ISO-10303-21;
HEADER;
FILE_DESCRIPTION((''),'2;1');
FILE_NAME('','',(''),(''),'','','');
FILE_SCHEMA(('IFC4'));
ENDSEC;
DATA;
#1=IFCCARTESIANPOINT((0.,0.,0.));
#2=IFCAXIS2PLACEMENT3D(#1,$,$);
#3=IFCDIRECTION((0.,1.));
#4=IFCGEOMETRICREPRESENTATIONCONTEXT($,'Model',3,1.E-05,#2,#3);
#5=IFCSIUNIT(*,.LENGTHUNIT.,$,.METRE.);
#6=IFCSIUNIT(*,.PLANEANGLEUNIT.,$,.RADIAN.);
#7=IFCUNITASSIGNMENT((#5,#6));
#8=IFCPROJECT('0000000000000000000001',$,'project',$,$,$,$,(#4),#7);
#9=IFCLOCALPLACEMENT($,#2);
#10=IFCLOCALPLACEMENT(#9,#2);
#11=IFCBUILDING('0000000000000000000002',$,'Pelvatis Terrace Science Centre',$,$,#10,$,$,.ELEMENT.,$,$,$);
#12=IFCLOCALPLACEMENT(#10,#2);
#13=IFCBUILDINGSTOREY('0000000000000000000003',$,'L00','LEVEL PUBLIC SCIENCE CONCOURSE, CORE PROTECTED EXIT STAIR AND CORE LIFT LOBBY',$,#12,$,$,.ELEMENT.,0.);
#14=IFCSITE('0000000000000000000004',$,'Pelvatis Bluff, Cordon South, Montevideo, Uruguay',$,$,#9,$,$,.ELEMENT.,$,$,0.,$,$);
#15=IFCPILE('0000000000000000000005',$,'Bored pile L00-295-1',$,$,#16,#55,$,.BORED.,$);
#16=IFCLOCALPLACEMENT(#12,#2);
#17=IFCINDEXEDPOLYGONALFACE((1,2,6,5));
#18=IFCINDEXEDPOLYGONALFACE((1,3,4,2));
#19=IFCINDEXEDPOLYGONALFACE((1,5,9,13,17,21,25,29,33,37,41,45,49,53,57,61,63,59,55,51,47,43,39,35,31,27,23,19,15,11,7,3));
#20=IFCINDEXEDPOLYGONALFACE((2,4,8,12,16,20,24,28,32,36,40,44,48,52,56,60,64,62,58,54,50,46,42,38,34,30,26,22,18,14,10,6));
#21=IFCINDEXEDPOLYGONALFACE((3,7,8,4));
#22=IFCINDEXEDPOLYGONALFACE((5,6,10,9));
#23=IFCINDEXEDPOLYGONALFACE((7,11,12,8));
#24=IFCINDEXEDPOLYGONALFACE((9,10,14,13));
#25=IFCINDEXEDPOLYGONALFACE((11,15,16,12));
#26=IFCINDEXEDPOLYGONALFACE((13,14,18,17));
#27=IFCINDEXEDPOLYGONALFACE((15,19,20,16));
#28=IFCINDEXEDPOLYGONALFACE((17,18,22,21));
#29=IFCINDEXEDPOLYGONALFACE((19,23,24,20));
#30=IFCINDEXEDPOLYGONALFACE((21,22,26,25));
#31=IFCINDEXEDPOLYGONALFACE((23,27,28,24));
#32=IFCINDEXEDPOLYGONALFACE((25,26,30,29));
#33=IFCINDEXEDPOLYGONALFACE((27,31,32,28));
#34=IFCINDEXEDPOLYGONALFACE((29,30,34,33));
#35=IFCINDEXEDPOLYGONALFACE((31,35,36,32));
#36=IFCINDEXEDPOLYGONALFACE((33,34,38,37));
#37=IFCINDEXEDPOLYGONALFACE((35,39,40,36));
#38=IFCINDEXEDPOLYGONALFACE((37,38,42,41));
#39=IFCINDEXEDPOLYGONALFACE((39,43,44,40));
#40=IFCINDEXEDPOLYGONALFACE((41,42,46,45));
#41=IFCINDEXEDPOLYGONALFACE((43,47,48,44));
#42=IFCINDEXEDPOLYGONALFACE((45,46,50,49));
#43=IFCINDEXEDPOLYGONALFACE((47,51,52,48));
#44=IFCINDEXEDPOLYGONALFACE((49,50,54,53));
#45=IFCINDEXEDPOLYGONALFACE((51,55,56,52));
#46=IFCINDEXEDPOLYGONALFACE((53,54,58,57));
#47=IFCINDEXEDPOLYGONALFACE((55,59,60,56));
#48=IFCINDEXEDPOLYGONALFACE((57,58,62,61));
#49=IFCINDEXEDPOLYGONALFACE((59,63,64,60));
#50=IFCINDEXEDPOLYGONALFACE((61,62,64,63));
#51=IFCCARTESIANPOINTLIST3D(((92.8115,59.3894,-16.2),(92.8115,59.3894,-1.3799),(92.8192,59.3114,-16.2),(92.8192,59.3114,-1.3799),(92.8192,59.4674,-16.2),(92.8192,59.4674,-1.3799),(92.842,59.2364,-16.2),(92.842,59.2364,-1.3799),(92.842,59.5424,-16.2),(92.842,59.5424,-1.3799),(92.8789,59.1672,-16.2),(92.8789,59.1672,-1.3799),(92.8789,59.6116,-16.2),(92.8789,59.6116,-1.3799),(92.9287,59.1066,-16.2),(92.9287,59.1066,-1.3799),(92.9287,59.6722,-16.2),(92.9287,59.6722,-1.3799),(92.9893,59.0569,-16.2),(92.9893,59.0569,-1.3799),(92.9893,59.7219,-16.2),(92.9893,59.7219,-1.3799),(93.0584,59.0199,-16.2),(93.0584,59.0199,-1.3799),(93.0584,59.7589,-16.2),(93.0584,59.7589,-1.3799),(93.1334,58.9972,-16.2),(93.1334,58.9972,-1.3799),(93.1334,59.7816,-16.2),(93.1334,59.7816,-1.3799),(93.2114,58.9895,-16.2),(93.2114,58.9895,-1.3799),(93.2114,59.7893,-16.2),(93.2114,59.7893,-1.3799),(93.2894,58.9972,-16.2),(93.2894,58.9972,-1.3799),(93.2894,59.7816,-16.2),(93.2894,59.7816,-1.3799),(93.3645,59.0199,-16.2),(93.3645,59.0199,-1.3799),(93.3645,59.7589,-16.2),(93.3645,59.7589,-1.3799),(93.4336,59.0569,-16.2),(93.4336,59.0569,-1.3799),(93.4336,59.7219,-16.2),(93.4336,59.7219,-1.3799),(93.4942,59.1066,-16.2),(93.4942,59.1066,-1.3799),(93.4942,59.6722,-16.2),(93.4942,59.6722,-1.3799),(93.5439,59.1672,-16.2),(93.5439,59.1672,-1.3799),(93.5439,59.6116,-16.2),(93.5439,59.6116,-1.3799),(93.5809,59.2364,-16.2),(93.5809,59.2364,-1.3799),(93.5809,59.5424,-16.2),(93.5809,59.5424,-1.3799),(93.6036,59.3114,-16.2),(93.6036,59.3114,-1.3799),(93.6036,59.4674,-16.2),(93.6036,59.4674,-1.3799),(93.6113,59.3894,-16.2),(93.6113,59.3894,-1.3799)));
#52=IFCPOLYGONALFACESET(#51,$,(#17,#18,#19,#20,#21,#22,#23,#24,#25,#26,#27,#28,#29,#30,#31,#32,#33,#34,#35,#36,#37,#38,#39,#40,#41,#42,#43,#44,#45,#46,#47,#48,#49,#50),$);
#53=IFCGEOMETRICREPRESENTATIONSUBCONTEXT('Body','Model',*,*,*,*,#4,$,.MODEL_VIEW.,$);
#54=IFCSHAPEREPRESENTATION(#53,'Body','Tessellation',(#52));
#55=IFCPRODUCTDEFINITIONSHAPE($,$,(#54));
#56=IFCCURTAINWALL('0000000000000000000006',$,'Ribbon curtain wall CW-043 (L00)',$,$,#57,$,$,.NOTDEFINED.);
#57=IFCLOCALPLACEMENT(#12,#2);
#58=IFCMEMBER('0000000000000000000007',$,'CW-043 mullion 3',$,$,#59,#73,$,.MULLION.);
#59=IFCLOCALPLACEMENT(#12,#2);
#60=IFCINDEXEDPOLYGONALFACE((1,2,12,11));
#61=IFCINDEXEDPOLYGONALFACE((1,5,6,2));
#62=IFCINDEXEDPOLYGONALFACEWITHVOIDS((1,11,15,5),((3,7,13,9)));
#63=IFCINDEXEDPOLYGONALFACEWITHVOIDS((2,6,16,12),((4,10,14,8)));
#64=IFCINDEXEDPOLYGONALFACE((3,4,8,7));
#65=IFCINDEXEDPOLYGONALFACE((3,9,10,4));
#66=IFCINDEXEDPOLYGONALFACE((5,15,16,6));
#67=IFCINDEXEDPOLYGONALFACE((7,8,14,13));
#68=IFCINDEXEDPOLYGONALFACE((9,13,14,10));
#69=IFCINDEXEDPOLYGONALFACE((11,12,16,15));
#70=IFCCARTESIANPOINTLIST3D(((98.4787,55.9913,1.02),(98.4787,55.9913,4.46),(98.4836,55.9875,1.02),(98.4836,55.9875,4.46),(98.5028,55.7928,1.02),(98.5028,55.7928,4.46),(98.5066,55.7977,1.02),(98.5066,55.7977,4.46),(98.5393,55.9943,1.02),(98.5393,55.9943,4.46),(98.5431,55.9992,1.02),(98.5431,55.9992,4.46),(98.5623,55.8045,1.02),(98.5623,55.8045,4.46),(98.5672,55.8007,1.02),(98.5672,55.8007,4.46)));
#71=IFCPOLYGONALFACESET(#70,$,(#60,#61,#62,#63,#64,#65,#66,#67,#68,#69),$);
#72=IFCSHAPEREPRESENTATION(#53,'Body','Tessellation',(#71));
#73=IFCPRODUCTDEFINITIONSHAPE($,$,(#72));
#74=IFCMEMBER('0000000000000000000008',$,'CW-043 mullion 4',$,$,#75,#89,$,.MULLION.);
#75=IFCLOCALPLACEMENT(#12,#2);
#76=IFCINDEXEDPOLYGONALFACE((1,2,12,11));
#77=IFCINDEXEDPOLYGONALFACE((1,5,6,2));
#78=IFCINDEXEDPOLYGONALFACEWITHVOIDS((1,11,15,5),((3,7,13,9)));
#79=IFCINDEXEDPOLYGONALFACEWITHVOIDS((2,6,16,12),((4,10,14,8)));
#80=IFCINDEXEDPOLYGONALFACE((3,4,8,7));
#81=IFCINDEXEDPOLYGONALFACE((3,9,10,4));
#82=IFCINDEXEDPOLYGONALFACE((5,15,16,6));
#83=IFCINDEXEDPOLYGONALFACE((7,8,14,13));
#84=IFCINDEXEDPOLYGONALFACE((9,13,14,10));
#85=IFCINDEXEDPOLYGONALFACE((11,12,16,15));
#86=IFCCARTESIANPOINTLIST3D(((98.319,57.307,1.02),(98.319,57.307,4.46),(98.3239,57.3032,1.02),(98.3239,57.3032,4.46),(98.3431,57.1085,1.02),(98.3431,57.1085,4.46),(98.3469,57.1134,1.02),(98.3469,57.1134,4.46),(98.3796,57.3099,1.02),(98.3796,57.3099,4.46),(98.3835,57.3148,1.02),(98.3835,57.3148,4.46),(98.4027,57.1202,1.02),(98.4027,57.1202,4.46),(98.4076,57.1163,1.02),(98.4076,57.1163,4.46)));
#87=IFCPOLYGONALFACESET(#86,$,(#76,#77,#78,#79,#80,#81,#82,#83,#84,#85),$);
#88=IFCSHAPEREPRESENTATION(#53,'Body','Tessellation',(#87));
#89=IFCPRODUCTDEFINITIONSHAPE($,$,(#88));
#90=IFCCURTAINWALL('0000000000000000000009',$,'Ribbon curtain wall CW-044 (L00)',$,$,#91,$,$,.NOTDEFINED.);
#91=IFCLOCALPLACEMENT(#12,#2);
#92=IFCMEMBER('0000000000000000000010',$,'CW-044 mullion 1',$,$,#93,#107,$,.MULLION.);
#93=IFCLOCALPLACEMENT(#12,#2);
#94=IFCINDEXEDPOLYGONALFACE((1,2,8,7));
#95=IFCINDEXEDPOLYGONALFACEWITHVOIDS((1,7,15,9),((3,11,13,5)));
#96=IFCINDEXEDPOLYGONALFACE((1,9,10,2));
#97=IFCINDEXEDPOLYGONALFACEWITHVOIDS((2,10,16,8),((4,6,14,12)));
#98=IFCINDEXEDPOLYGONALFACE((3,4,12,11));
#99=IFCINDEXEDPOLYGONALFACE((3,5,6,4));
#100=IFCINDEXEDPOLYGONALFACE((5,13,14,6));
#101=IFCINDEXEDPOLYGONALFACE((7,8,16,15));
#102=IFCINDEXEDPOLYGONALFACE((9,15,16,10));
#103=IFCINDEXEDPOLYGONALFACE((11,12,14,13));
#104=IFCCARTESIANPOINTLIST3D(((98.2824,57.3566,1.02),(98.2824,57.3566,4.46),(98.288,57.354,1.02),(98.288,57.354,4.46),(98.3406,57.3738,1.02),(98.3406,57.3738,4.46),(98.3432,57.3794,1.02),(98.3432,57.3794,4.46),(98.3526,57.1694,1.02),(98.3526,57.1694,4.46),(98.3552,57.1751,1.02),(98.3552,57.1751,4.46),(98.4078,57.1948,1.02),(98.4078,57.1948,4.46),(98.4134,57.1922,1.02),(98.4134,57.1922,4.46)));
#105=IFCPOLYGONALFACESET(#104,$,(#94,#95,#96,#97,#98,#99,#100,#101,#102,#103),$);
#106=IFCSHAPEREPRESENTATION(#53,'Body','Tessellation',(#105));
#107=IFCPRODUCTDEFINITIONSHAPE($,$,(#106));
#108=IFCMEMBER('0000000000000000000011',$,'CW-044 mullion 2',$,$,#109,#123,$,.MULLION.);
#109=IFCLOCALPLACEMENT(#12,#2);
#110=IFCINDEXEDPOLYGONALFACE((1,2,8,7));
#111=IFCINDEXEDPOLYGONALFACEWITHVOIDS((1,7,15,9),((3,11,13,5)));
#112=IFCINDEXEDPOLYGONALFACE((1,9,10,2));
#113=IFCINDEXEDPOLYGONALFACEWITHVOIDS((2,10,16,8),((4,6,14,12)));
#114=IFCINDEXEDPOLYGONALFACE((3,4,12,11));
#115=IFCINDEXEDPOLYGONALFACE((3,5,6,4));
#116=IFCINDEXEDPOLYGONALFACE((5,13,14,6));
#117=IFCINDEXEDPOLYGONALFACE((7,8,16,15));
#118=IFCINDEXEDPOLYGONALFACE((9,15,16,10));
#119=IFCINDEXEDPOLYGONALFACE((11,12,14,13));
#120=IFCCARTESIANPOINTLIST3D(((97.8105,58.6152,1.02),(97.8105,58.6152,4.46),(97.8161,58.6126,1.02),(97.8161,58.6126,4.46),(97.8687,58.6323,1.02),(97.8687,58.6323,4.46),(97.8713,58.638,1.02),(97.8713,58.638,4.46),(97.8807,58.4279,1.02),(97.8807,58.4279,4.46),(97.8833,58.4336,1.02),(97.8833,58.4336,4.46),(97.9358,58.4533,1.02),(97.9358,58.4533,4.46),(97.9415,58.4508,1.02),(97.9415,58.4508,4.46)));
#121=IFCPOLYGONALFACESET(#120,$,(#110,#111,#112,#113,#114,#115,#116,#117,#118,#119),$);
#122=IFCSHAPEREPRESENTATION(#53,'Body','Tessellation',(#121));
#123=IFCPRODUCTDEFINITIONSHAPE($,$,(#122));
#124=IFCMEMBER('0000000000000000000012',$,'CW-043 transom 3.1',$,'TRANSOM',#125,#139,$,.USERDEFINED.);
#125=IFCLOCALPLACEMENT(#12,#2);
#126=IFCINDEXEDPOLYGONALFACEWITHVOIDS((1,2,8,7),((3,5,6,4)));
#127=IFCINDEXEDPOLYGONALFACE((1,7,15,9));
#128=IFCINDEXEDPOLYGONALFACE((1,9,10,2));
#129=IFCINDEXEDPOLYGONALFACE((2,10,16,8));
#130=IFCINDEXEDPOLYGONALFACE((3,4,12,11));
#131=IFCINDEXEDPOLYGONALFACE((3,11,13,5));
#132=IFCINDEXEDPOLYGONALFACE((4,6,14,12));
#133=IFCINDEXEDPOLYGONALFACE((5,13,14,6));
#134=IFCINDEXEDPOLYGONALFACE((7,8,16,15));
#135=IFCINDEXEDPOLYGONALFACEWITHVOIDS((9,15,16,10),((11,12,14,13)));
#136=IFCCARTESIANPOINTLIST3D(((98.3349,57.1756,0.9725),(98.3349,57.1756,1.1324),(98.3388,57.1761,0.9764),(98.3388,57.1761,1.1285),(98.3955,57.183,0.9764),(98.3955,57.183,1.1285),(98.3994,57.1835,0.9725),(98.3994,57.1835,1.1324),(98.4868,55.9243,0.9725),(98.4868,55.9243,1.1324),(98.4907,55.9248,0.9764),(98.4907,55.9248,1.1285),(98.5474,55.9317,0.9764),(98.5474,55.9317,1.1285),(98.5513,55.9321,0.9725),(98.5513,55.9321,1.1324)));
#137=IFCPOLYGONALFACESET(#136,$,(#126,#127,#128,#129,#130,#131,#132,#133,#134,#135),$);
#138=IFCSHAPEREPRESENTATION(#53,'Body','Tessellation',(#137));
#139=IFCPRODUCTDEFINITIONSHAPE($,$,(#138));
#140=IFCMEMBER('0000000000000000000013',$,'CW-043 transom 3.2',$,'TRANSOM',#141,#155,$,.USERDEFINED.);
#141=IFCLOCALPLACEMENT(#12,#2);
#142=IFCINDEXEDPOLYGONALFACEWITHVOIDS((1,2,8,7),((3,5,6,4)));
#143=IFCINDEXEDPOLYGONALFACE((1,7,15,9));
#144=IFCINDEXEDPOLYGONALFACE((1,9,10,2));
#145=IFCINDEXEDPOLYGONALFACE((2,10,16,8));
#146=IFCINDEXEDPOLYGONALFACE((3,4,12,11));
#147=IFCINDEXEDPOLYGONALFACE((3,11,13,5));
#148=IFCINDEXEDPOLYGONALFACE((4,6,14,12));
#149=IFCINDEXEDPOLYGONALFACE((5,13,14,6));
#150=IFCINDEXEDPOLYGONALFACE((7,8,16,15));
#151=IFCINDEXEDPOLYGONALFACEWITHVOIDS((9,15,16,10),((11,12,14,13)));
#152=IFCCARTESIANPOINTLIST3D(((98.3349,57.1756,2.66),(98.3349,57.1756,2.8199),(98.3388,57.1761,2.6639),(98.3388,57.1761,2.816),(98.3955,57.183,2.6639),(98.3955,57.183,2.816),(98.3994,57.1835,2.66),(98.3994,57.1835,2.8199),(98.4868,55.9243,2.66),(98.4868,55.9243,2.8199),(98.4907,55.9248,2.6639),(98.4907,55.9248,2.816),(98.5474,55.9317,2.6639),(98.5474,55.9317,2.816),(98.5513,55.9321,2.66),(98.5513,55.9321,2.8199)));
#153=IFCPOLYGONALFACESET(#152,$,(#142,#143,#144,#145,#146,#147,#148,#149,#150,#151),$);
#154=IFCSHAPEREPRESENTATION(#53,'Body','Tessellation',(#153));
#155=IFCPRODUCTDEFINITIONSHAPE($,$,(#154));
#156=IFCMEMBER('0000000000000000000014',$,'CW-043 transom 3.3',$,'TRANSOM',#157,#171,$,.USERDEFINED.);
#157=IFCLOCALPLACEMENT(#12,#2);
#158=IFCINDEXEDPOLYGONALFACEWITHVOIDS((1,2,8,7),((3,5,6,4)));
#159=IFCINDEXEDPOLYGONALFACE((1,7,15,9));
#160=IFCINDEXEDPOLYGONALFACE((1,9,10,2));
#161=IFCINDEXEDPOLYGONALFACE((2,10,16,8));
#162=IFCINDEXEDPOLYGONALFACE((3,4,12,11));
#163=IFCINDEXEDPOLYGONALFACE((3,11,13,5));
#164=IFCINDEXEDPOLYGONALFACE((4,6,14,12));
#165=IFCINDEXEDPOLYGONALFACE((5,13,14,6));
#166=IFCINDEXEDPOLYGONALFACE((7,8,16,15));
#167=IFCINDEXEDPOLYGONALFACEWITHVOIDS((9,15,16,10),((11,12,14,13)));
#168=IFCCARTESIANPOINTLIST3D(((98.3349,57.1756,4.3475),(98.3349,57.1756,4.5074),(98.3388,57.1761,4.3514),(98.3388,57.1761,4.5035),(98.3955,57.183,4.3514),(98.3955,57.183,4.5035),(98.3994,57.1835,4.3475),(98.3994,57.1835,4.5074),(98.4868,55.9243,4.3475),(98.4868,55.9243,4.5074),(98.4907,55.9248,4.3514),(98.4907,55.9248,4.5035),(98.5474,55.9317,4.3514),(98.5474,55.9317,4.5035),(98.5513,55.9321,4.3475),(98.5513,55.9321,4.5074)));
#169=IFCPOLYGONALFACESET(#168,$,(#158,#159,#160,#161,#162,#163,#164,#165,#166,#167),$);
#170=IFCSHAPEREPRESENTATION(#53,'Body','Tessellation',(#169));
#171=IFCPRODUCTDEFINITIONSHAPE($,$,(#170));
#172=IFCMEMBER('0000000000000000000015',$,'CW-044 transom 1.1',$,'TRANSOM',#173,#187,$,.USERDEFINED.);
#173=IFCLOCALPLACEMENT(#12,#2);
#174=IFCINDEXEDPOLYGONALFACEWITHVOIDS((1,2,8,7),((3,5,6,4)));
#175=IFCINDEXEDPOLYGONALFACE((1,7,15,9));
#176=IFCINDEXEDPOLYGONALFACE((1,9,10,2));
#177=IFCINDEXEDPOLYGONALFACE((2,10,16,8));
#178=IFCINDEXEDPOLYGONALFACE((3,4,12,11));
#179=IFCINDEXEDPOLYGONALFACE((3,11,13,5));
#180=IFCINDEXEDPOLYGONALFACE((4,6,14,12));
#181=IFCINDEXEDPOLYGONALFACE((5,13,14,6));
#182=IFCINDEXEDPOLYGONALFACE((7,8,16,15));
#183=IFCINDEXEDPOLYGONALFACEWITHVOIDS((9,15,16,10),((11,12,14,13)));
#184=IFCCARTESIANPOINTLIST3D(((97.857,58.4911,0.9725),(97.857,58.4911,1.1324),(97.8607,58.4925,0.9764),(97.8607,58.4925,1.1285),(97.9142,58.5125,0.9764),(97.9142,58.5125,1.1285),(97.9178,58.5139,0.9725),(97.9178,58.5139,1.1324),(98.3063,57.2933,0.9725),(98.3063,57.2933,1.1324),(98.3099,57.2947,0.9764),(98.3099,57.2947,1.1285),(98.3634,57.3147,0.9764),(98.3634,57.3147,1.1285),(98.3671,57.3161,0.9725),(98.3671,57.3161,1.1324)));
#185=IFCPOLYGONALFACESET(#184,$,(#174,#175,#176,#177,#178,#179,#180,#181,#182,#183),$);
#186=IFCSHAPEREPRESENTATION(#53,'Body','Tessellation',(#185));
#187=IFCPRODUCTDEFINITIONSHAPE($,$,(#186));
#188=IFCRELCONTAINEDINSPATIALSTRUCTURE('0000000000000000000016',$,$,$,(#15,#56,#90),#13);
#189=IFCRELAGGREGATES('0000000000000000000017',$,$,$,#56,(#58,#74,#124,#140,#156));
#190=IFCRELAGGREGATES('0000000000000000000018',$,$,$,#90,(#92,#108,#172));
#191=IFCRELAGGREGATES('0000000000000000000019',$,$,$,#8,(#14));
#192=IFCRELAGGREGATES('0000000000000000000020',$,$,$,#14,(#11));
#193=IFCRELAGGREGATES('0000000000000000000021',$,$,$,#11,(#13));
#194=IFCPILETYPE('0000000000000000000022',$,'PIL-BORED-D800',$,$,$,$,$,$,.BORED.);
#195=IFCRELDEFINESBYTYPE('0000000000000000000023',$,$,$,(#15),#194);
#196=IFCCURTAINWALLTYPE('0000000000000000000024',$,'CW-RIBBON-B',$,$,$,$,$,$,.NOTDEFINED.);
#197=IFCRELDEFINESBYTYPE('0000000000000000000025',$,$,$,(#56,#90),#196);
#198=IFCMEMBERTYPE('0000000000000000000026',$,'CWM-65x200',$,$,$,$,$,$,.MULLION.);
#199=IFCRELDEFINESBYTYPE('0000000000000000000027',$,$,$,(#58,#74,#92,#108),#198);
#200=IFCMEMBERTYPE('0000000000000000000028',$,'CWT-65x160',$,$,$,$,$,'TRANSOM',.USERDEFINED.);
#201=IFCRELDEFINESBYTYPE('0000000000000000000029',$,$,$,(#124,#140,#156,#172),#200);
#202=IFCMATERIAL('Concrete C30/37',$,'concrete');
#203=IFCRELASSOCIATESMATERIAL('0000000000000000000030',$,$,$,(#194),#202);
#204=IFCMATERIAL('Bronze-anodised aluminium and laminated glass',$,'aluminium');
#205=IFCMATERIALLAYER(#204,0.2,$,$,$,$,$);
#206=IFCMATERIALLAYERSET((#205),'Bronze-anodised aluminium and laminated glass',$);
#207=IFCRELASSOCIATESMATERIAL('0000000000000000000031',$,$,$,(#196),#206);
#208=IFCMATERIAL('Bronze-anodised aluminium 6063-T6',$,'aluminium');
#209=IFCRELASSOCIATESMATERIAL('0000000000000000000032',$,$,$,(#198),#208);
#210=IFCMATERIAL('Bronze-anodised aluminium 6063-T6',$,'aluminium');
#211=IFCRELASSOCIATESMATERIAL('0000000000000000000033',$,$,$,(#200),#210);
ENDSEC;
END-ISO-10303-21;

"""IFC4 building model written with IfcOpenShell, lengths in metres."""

from ifc_helpers import new_model, si_unit, direction, frame, origin, origin_2d, place, context, subcontext, project, spatial, hollow_rectangle, circle, extrude, material, layer, layer_set, material_profile, profile_set, type_object, element, aggregate, save


model = new_model("IFC4")

# Units and contexts
model_context = context("Model", 3, precision=1e-05, world=origin(), true_north=direction((0.0, 1.0)))
body_context = subcontext(model_context, "Body", "Model", "MODEL_VIEW")
ifc_project = project(units=[si_unit("LENGTHUNIT", "METRE"), si_unit("PLANEANGLEUNIT", "RADIAN")], contexts=[model_context])

# Site, building, storey
site_placement = place(None, origin())
site = spatial("IfcSite", under=ifc_project, at=site_placement, Name="Pelvatis Bluff, Cordon South, Montevideo, Uruguay", CompositionType="ELEMENT", RefElevation=0.0)
building_placement = place(site_placement, origin())
building = spatial("IfcBuilding", under=site, at=building_placement, Name="Pelvatis Terrace Science Centre", CompositionType="ELEMENT")
storey_placement = place(building_placement, origin())
storey = spatial("IfcBuildingStorey", under=building, at=storey_placement, Name="L00", Description="LEVEL PUBLIC SCIENCE CONCOURSE, CORE PROTECTED EXIT STAIR AND CORE LIFT LOBBY", CompositionType="ELEMENT", Elevation=0.0)

# Pile
ifc_material_1 = material(Name="Concrete C30/37", Category="concrete")
ifc_material_profile_1 = material_profile(ifc_material_1, circle(Radius=0.3999, at=origin_2d()), Name="PILE D800")
ifc_profile_set_1 = profile_set([ifc_material_profile_1], Name="Concrete C30/37")
pile_type = type_object("IfcPileType", Name="PIL-BORED-D800", PredefinedType="BORED", material=ifc_profile_set_1)
pile_placement = place(storey_placement, frame((93.2114, 59.3894, -1.3799), z_axis=(0.0, 0.0, -1.0), x_axis=(1.0, 0.0, 0.0)))
element("IfcPile", 1, at=pile_placement, inside=storey, type_object=pile_type, Name="Bored pile L00-295-1", PredefinedType="BORED", context=body_context, shape_type="SweptSolid", body=[
    extrude(circle(Radius=0.3999, at=origin_2d()), origin(), (0.0, 0.0, 1.0), 14.8201),
])

# Curtain walls, members
ifc_material_2 = material(Name="Bronze-anodised aluminium and laminated glass", Category="aluminium")
ifc_layer_1 = layer(ifc_material_2, 0.2)
ifc_layer_set_1 = layer_set([ifc_layer_1], Name="Bronze-anodised aluminium and laminated glass")
curtain_wall_type = type_object("IfcCurtainWallType", Name="CW-RIBBON-B", PredefinedType="NOTDEFINED", material=ifc_layer_set_1)
curtain_wall_1_placement = place(storey_placement, origin())
curtain_wall_1 = element("IfcCurtainWall", 2, at=curtain_wall_1_placement, inside=storey, type_object=curtain_wall_type, Name="Ribbon curtain wall CW-043 (L00)", PredefinedType="NOTDEFINED")
ifc_material_3 = material(Name="Bronze-anodised aluminium 6063-T6", Category="aluminium")
ifc_material_profile_2 = material_profile(ifc_material_3, hollow_rectangle(XDim=0.0649, YDim=0.2, WallThickness=0.0044, at=origin_2d()), Name="ALU-MUL 65x200")
ifc_profile_set_2 = profile_set([ifc_material_profile_2], Name="Bronze-anodised aluminium 6063-T6")
member_type_1 = type_object("IfcMemberType", Name="CWM-65x200", PredefinedType="MULLION", material=ifc_profile_set_2)
member_1_placement = place(storey_placement, frame((98.5229, 55.896, 1.02), z_axis=(0.0, 0.0, 1.0), x_axis=(-0.992721, -0.120435, 0.0)))
member_1 = element("IfcMember", 3, at=member_1_placement, type_object=member_type_1, Name="CW-043 mullion 3", PredefinedType="MULLION", context=body_context, shape_type="SweptSolid", body=[
    extrude(hollow_rectangle(XDim=0.0649, YDim=0.2, WallThickness=0.0044, at=origin_2d()), origin(), (0.0, 0.0, 1.0), 3.4399),
])
member_2_placement = place(storey_placement, frame((98.3633, 57.2117, 1.02), z_axis=(0.0, 0.0, 1.0), x_axis=(-0.992721, -0.120435, 0.0)))
member_2 = element("IfcMember", 4, at=member_2_placement, type_object=member_type_1, Name="CW-043 mullion 4", PredefinedType="MULLION", context=body_context, shape_type="SweptSolid", body=[
    extrude(hollow_rectangle(XDim=0.0649, YDim=0.2, WallThickness=0.0044, at=origin_2d()), origin(), (0.0, 0.0, 1.0), 3.4399),
])
curtain_wall_2_placement = place(storey_placement, origin())
curtain_wall_2 = element("IfcCurtainWall", 5, at=curtain_wall_2_placement, inside=storey, type_object=curtain_wall_type, Name="Ribbon curtain wall CW-044 (L00)", PredefinedType="NOTDEFINED")
member_3_placement = place(storey_placement, frame((98.3479, 57.2744, 1.02), z_axis=(0.0, 0.0, 1.0), x_axis=(-0.936318, -0.351153, 0.0)))
member_3 = element("IfcMember", 6, at=member_3_placement, type_object=member_type_1, Name="CW-044 mullion 1", PredefinedType="MULLION", context=body_context, shape_type="SweptSolid", body=[
    extrude(hollow_rectangle(XDim=0.0649, YDim=0.2, WallThickness=0.0044, at=origin_2d()), origin(), (0.0, 0.0, 1.0), 3.4399),
])
member_4_placement = place(storey_placement, frame((97.876, 58.533, 1.02), z_axis=(0.0, 0.0, 1.0), x_axis=(-0.936318, -0.351153, 0.0)))
member_4 = element("IfcMember", 7, at=member_4_placement, type_object=member_type_1, Name="CW-044 mullion 2", PredefinedType="MULLION", context=body_context, shape_type="SweptSolid", body=[
    extrude(hollow_rectangle(XDim=0.0649, YDim=0.2, WallThickness=0.0044, at=origin_2d()), origin(), (0.0, 0.0, 1.0), 3.4399),
])

# Members
ifc_material_4 = material(Name="Bronze-anodised aluminium 6063-T6", Category="aluminium")
ifc_material_profile_3 = material_profile(ifc_material_4, hollow_rectangle(XDim=0.0649, YDim=0.1599, WallThickness=0.0039, at=origin_2d()), Name="ALU-TRN 65x160")
ifc_profile_set_3 = profile_set([ifc_material_profile_3], Name="Bronze-anodised aluminium 6063-T6")
member_type_2 = type_object("IfcMemberType", Name="CWT-65x160", ElementType="TRANSOM", PredefinedType="USERDEFINED", material=ifc_profile_set_3)
member_5_placement = place(storey_placement, frame((98.519, 55.9282, 1.0525), z_axis=(-0.120482, 0.992716, 0.0), x_axis=(-0.992716, -0.120482, 0.0)))
member_5 = element("IfcMember", 8, at=member_5_placement, type_object=member_type_2, Name="CW-043 transom 3.1", ObjectType="TRANSOM", PredefinedType="USERDEFINED", context=body_context, shape_type="SweptSolid", body=[
    extrude(hollow_rectangle(XDim=0.0649, YDim=0.1599, WallThickness=0.0039, at=origin_2d()), origin(), (0.0, 0.0, 1.0), 1.2605),
])
member_6_placement = place(storey_placement, frame((98.519, 55.9282, 2.74), z_axis=(-0.120482, 0.992716, 0.0), x_axis=(-0.992716, -0.120482, 0.0)))
member_6 = element("IfcMember", 9, at=member_6_placement, type_object=member_type_2, Name="CW-043 transom 3.2", ObjectType="TRANSOM", PredefinedType="USERDEFINED", context=body_context, shape_type="SweptSolid", body=[
    extrude(hollow_rectangle(XDim=0.0649, YDim=0.1599, WallThickness=0.0039, at=origin_2d()), origin(), (0.0, 0.0, 1.0), 1.2605),
])
member_7_placement = place(storey_placement, frame((98.519, 55.9282, 4.4275), z_axis=(-0.120482, 0.992716, 0.0), x_axis=(-0.992716, -0.120482, 0.0)))
member_7 = element("IfcMember", 10, at=member_7_placement, type_object=member_type_2, Name="CW-043 transom 3.3", ObjectType="TRANSOM", PredefinedType="USERDEFINED", context=body_context, shape_type="SweptSolid", body=[
    extrude(hollow_rectangle(XDim=0.0649, YDim=0.1599, WallThickness=0.0039, at=origin_2d()), origin(), (0.0, 0.0, 1.0), 1.2605),
])
member_8_placement = place(storey_placement, frame((98.3367, 57.3047, 1.0525), z_axis=(-0.351165, 0.936313, 0.0), x_axis=(-0.936313, -0.351165, 0.0)))
member_8 = element("IfcMember", 11, at=member_8_placement, type_object=member_type_2, Name="CW-044 transom 1.1", ObjectType="TRANSOM", PredefinedType="USERDEFINED", context=body_context, shape_type="SweptSolid", body=[
    extrude(hollow_rectangle(XDim=0.0649, YDim=0.1599, WallThickness=0.0039, at=origin_2d()), origin(), (0.0, 0.0, 1.0), 1.2793),
])

aggregate(curtain_wall_1, [member_1, member_2, member_5, member_6, member_7])
aggregate(curtain_wall_2, [member_3, member_4, member_8])

save(model, "model.ifc")
